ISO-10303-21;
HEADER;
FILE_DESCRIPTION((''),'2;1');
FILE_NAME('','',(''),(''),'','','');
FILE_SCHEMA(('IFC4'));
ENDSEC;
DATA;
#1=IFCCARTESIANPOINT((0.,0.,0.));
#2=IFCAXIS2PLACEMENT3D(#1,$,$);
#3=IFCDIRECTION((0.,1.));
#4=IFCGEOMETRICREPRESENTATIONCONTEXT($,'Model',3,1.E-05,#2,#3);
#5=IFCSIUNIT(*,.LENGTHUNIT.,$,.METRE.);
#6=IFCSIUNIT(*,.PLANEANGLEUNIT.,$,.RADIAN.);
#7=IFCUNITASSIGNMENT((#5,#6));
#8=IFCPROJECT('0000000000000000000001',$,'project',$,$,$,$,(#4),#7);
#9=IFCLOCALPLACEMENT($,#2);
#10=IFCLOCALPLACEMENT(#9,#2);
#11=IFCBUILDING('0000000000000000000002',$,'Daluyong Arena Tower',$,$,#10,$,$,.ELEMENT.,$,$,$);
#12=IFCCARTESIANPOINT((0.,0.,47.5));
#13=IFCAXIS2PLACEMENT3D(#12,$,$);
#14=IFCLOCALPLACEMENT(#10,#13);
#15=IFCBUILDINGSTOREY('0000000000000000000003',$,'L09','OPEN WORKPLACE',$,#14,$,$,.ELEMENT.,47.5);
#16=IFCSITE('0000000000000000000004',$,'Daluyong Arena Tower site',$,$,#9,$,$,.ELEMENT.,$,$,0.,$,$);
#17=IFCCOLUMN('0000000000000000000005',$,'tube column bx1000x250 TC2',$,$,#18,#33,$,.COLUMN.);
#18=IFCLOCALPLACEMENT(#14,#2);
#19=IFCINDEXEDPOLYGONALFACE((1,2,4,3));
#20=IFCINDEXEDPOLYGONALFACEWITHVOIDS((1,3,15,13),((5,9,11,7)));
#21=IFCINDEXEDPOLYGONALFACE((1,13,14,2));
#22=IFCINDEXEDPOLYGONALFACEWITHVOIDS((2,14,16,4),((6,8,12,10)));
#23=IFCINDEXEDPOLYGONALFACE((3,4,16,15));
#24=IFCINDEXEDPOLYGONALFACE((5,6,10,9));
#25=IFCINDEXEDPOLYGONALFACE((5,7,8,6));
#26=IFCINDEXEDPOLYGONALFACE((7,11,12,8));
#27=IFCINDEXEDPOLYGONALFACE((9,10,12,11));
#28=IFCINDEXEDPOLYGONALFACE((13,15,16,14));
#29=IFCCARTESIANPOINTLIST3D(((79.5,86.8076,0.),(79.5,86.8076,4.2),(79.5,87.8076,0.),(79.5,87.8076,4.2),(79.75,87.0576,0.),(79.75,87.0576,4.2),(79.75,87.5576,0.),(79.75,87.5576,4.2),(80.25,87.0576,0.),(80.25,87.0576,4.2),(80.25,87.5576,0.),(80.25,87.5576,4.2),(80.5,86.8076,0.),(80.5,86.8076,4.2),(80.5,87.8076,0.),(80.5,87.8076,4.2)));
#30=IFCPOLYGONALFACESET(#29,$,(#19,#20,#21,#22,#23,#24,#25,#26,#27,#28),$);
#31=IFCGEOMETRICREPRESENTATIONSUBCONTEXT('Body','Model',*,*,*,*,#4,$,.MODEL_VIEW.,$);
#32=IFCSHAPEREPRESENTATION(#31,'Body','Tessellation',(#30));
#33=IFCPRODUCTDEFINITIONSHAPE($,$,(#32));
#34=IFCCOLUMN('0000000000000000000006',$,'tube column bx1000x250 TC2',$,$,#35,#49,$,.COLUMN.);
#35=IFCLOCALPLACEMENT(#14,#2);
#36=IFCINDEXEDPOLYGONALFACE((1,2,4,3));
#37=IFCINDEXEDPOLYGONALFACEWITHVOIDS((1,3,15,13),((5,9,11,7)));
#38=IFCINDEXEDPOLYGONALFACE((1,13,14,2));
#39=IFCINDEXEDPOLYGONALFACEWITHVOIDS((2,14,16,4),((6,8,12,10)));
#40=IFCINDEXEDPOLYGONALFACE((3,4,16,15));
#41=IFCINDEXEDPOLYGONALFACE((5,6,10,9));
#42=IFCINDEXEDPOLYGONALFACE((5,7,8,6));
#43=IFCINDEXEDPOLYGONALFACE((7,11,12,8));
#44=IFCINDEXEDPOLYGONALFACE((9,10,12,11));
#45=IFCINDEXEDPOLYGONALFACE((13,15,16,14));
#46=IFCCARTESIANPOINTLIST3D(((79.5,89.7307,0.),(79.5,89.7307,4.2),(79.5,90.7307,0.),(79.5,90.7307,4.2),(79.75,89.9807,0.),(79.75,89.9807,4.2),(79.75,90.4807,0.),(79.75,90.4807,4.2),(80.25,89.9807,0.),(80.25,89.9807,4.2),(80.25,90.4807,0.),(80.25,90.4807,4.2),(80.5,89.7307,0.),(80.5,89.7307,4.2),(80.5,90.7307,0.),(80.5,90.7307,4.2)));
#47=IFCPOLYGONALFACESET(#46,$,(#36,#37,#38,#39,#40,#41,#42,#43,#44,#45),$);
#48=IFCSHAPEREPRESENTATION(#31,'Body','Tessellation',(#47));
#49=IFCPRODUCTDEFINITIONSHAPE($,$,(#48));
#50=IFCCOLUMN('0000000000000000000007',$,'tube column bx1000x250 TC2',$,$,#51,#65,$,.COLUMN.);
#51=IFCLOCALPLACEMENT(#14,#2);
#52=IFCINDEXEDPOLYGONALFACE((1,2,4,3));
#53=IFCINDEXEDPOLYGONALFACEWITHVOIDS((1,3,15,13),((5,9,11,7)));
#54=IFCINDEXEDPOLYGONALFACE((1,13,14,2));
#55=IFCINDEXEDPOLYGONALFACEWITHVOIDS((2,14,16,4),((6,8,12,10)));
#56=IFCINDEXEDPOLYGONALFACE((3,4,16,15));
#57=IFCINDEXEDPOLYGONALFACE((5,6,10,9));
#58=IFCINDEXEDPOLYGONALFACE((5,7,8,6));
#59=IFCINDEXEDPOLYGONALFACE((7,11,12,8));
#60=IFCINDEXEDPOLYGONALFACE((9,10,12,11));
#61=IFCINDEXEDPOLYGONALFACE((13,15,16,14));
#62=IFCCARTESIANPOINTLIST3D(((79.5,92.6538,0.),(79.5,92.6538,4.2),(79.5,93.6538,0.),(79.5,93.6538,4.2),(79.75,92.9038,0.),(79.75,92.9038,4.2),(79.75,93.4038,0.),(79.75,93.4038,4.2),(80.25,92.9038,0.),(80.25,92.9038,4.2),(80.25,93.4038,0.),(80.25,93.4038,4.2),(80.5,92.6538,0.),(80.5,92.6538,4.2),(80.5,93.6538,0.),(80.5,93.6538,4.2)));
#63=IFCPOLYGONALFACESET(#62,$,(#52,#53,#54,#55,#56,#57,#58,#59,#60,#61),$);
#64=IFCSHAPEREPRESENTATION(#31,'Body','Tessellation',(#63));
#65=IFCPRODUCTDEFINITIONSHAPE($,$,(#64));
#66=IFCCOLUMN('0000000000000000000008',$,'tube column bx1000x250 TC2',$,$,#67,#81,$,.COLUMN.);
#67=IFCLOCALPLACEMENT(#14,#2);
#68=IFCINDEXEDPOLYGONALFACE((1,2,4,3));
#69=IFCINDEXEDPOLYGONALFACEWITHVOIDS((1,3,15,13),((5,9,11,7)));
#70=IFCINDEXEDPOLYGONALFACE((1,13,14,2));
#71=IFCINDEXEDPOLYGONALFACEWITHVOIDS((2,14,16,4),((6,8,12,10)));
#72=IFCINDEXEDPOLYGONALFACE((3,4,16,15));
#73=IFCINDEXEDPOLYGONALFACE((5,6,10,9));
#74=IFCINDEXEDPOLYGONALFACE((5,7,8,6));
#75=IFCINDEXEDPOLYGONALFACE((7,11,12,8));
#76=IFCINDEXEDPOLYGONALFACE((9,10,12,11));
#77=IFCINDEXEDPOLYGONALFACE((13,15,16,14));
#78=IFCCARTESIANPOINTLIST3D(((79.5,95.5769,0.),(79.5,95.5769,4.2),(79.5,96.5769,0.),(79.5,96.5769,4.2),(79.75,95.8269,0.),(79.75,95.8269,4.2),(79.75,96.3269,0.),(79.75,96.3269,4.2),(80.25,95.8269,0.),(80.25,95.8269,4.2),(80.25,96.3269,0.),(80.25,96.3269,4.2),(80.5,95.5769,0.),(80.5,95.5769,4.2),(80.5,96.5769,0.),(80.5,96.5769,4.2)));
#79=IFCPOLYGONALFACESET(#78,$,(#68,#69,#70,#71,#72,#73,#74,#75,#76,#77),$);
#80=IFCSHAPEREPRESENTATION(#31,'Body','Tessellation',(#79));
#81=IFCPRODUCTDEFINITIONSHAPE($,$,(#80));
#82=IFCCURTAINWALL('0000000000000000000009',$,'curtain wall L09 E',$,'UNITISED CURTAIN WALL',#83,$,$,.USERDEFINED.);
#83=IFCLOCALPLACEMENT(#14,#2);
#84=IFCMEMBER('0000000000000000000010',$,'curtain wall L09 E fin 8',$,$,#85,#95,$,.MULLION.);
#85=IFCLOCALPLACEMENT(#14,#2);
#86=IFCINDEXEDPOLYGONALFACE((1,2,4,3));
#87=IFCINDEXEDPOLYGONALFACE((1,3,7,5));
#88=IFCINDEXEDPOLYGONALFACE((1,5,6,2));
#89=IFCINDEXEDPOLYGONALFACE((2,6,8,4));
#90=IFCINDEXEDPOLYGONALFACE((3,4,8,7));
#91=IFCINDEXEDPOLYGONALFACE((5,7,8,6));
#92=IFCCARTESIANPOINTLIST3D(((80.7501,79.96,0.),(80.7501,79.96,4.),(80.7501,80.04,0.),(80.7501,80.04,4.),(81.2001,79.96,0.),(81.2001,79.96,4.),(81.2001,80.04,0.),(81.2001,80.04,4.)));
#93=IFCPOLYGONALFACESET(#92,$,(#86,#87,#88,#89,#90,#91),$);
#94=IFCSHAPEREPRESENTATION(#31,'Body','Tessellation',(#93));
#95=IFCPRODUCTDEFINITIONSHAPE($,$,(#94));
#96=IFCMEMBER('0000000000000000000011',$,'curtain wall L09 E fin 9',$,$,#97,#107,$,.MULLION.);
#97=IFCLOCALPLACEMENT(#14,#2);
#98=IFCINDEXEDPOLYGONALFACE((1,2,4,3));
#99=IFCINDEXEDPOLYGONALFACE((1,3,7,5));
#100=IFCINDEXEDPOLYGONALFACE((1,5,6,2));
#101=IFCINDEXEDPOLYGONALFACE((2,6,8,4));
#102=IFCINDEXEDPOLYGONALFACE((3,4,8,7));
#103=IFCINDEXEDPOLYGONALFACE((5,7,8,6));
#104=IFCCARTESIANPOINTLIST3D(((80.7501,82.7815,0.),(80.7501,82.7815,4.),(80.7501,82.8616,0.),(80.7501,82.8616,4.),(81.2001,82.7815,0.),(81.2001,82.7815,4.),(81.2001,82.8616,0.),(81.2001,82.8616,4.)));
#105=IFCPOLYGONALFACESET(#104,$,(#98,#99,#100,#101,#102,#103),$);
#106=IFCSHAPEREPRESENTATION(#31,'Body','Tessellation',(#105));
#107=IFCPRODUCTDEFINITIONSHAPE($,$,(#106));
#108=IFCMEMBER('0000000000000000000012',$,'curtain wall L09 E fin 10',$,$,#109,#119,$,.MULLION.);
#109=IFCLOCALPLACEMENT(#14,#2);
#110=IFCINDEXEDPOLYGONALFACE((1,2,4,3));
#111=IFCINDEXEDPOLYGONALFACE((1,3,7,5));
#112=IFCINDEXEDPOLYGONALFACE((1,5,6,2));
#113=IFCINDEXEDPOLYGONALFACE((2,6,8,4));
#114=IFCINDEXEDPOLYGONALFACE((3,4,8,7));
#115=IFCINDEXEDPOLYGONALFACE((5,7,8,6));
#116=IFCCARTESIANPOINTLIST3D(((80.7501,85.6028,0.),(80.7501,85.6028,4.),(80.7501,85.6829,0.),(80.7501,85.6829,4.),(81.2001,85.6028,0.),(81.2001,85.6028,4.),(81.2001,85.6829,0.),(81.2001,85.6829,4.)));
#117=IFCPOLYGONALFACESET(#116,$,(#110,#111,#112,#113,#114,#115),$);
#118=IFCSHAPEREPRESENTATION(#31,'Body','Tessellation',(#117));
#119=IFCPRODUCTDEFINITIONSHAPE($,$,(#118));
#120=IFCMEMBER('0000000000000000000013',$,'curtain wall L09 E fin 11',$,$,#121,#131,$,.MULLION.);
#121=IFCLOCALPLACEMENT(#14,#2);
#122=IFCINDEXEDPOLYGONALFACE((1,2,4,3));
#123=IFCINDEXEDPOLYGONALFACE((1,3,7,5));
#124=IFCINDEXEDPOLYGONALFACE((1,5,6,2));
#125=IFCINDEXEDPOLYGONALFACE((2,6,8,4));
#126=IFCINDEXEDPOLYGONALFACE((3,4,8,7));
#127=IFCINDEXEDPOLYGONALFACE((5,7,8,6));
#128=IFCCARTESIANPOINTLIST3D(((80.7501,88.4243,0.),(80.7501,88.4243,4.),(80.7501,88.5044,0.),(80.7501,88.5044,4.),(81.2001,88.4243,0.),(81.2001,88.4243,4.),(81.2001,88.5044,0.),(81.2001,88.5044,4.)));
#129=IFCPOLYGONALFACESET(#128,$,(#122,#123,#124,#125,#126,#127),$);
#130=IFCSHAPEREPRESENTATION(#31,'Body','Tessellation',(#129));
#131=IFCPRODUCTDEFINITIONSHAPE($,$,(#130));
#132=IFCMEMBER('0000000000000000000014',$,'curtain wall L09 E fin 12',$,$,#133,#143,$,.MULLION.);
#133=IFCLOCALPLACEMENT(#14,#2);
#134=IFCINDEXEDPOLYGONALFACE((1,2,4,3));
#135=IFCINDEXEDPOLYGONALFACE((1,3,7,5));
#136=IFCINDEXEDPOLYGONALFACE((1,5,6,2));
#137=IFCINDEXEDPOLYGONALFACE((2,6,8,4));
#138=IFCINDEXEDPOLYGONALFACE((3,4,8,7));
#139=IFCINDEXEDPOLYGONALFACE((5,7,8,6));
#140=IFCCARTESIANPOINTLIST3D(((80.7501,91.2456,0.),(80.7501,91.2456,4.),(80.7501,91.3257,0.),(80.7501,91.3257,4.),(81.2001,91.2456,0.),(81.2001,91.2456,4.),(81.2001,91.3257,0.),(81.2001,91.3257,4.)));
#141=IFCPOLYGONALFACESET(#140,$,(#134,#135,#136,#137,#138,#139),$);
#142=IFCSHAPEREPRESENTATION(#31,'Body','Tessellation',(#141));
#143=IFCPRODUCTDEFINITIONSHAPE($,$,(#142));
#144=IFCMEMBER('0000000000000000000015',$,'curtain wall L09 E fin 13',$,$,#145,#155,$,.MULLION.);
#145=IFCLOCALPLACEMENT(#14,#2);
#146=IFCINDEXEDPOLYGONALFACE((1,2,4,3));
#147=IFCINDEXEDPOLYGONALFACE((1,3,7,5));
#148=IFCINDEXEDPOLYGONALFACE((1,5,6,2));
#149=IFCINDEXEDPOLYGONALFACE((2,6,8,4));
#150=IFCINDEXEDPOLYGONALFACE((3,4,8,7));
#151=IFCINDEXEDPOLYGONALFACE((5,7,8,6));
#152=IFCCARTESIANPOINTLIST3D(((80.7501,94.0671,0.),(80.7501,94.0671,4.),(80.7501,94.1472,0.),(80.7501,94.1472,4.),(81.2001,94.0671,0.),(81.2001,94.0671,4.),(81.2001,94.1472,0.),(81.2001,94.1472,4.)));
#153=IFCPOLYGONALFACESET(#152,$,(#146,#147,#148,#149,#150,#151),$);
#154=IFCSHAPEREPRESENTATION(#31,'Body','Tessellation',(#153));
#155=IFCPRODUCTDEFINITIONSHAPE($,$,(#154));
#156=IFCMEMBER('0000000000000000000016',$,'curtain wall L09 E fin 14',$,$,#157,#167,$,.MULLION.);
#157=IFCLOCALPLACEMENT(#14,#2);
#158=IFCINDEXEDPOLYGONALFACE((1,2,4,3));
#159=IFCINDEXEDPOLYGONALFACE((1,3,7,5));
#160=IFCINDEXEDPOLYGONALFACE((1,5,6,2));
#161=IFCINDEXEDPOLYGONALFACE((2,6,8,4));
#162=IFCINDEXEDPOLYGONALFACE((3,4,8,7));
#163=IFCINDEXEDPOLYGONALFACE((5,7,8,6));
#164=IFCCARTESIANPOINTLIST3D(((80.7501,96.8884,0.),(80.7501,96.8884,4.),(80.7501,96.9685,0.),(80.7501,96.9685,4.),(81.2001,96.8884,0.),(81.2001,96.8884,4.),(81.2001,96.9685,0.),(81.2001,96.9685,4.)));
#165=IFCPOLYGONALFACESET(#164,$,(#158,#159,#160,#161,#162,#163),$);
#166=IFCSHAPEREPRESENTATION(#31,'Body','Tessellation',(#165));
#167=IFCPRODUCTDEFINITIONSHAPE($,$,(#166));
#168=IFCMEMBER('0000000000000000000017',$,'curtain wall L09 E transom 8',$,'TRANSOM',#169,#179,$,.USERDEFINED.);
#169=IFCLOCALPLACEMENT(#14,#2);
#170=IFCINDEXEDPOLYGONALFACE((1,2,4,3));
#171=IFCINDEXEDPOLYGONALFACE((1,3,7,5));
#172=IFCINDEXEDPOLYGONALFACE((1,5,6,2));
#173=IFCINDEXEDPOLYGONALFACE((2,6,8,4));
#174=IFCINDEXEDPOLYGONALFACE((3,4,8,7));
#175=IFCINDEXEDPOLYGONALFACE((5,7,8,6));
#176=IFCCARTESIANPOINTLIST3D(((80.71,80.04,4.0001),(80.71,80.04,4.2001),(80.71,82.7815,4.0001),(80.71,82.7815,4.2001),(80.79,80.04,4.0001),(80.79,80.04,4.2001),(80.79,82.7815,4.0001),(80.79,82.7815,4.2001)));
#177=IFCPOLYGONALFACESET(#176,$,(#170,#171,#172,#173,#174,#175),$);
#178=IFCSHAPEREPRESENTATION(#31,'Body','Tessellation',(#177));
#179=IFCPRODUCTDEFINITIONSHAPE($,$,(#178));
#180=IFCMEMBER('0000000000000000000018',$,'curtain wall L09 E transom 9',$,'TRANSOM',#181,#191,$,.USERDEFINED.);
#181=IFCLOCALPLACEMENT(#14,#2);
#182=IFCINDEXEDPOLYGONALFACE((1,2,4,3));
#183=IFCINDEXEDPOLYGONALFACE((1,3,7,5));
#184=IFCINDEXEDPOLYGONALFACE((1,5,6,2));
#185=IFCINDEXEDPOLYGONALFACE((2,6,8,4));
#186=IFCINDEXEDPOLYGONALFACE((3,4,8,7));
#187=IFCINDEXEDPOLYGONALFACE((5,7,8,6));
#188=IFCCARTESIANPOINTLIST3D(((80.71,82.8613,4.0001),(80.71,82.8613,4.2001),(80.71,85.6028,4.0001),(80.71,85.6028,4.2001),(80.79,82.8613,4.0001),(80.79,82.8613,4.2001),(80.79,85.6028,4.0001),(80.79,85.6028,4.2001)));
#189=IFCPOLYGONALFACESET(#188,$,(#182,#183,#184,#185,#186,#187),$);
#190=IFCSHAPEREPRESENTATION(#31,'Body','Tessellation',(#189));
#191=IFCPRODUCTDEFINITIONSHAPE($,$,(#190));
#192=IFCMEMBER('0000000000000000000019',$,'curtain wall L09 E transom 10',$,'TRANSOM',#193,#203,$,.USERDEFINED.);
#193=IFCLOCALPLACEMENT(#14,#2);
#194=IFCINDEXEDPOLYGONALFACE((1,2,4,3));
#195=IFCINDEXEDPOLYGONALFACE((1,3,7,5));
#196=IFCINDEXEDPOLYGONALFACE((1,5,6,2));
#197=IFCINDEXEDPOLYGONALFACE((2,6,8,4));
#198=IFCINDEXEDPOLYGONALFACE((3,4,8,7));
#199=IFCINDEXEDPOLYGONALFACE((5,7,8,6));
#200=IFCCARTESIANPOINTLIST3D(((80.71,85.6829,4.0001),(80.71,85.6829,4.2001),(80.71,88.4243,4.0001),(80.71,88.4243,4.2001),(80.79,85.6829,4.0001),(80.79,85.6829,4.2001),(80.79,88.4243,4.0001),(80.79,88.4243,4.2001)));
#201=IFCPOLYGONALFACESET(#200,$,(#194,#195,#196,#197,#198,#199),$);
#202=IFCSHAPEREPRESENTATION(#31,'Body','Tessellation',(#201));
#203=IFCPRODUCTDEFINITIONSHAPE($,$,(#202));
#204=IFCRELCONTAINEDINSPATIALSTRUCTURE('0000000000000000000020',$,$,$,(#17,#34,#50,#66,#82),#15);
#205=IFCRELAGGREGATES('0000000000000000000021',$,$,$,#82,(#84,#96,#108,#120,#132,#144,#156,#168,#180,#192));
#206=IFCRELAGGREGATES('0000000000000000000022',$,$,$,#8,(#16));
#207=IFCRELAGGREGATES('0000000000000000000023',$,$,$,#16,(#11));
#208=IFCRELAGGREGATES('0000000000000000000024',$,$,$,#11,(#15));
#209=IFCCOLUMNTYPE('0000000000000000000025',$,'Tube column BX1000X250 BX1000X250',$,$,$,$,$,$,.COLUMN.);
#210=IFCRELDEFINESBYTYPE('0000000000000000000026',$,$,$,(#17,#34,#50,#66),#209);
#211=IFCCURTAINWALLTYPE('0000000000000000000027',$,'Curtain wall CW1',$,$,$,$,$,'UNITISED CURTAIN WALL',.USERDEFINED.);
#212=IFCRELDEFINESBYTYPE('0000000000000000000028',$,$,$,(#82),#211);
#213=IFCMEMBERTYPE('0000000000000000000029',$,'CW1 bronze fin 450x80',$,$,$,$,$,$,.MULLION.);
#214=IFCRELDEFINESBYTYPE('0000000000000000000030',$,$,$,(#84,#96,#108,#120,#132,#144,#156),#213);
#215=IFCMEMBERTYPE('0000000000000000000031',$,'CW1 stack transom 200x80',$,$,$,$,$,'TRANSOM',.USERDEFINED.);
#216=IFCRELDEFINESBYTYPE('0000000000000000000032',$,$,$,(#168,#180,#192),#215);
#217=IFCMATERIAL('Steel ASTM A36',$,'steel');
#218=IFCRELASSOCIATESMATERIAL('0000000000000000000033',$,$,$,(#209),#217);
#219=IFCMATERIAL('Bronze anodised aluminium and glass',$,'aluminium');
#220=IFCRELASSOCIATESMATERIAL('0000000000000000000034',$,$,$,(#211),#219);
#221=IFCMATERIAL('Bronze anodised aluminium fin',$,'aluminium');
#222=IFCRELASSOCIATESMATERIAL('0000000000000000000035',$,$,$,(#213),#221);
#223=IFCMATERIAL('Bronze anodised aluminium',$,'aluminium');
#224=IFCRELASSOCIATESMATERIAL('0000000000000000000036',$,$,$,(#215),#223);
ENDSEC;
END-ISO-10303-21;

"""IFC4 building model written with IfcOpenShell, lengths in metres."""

from ifc_helpers import new_model, si_unit, direction, frame, origin, origin_2d, place, context, subcontext, project, spatial, rectangle, hollow_rectangle, extrude, material, material_profile, profile_set, type_object, element, aggregate, save


model = new_model("IFC4")

# Units and contexts
model_context = context("Model", 3, precision=1e-05, world=origin(), true_north=direction((0.0, 1.0)))
body_context = subcontext(model_context, "Body", "Model", "MODEL_VIEW")
ifc_project = project(units=[si_unit("LENGTHUNIT", "METRE"), si_unit("PLANEANGLEUNIT", "RADIAN")], contexts=[model_context])

# Site, building, storey
site_placement = place(None, origin())
site = spatial("IfcSite", under=ifc_project, at=site_placement, Name="Daluyong Arena Tower site", CompositionType="ELEMENT", RefElevation=0.0)
building_placement = place(site_placement, origin())
building = spatial("IfcBuilding", under=site, at=building_placement, Name="Daluyong Arena Tower", CompositionType="ELEMENT")
storey_placement = place(building_placement, frame((0.0, 0.0, 47.5)))
storey = spatial("IfcBuildingStorey", under=building, at=storey_placement, Name="L09", Description="OPEN WORKPLACE", CompositionType="ELEMENT", Elevation=47.5)

# Columns
ifc_material_1 = material(Name="Steel ASTM A36", Category="steel")
ifc_material_profile_1 = material_profile(ifc_material_1, hollow_rectangle(XDim=1.0, YDim=1.0, WallThickness=0.25, at=origin_2d()))
ifc_profile_set_1 = profile_set([ifc_material_profile_1], Name="Steel ASTM A36")
column_type = type_object("IfcColumnType", Name="Tube column BX1000X250 BX1000X250", PredefinedType="COLUMN", material=ifc_profile_set_1)
for number, where, z_axis, x_axis, name in (
    (1, (80.0, 87.3076, 0.0), (0.0, 0.0, 1.0), (0.0, 1.0, 0.0), "tube column bx1000x250 TC2"),
    (2, (80.0, 90.2307, 0.0), (0.0, 0.0, 1.0), (0.0, 1.0, 0.0), "tube column bx1000x250 TC2"),
    (3, (80.0, 93.1538, 0.0), (0.0, 0.0, 1.0), (0.0, 1.0, 0.0), "tube column bx1000x250 TC2"),
    (4, (80.0, 96.0769, 0.0), (0.0, 0.0, 1.0), (0.0, 1.0, 0.0), "tube column bx1000x250 TC2"),
):
    element("IfcColumn", number, at=place(storey_placement, frame(where, z_axis=z_axis, x_axis=x_axis)), inside=storey, type_object=column_type, Name=name, PredefinedType="COLUMN", context=body_context, shape_type="SweptSolid", body=[
        extrude(hollow_rectangle(XDim=1.0, YDim=1.0, WallThickness=0.25, at=origin_2d()), origin(), (0.0, 0.0, 1.0), 4.2),
    ])

# Curtain wall, members
ifc_material_2 = material(Name="Bronze anodised aluminium and glass", Category="aluminium")
curtain_wall_type = type_object("IfcCurtainWallType", Name="Curtain wall CW1", ElementType="UNITISED CURTAIN WALL", PredefinedType="USERDEFINED", material=ifc_material_2)
curtain_wall_placement = place(storey_placement, origin())
curtain_wall = element("IfcCurtainWall", 5, at=curtain_wall_placement, inside=storey, type_object=curtain_wall_type, Name="curtain wall L09 E", ObjectType="UNITISED CURTAIN WALL", PredefinedType="USERDEFINED")
ifc_material_3 = material(Name="Bronze anodised aluminium fin", Category="aluminium")
ifc_material_profile_2 = material_profile(ifc_material_3, rectangle(XDim=0.45, YDim=0.0801, at=origin_2d()))
ifc_profile_set_2 = profile_set([ifc_material_profile_2], Name="Bronze anodised aluminium fin")
member_type_1 = type_object("IfcMemberType", Name="CW1 bronze fin 450x80", PredefinedType="MULLION", material=ifc_profile_set_2)
member_1_placement = place(storey_placement, frame((80.9751, 80.0, 0.0), z_axis=(0.0, 0.0, 1.0), x_axis=(-1.0, 0.0, 0.0)))
member_1 = element("IfcMember", 6, at=member_1_placement, type_object=member_type_1, Name="curtain wall L09 E fin 8", PredefinedType="MULLION", context=body_context, shape_type="SweptSolid", body=[
    extrude(rectangle(XDim=0.45, YDim=0.0801, at=origin_2d()), origin(), (0.0, 0.0, 1.0), 4.0),
])
member_2_placement = place(storey_placement, frame((80.9751, 82.8215, 0.0), z_axis=(0.0, 0.0, 1.0), x_axis=(-1.0, 0.0, 0.0)))
member_2 = element("IfcMember", 7, at=member_2_placement, type_object=member_type_1, Name="curtain wall L09 E fin 9", PredefinedType="MULLION", context=body_context, shape_type="SweptSolid", body=[
    extrude(rectangle(XDim=0.45, YDim=0.0801, at=origin_2d()), origin(), (0.0, 0.0, 1.0), 4.0),
])
member_3_placement = place(storey_placement, frame((80.9751, 85.6428, 0.0), z_axis=(0.0, 0.0, 1.0), x_axis=(-1.0, 0.0, 0.0)))
member_3 = element("IfcMember", 8, at=member_3_placement, type_object=member_type_1, Name="curtain wall L09 E fin 10", PredefinedType="MULLION", context=body_context, shape_type="SweptSolid", body=[
    extrude(rectangle(XDim=0.45, YDim=0.0801, at=origin_2d()), origin(), (0.0, 0.0, 1.0), 4.0),
])
member_4_placement = place(storey_placement, frame((80.9751, 88.4644, 0.0), z_axis=(0.0, 0.0, 1.0), x_axis=(-1.0, 0.0, 0.0)))
member_4 = element("IfcMember", 9, at=member_4_placement, type_object=member_type_1, Name="curtain wall L09 E fin 11", PredefinedType="MULLION", context=body_context, shape_type="SweptSolid", body=[
    extrude(rectangle(XDim=0.45, YDim=0.0801, at=origin_2d()), origin(), (0.0, 0.0, 1.0), 4.0),
])
member_5_placement = place(storey_placement, frame((80.9751, 91.2856, 0.0), z_axis=(0.0, 0.0, 1.0), x_axis=(-1.0, 0.0, 0.0)))
member_5 = element("IfcMember", 10, at=member_5_placement, type_object=member_type_1, Name="curtain wall L09 E fin 12", PredefinedType="MULLION", context=body_context, shape_type="SweptSolid", body=[
    extrude(rectangle(XDim=0.45, YDim=0.0801, at=origin_2d()), origin(), (0.0, 0.0, 1.0), 4.0),
])
member_6_placement = place(storey_placement, frame((80.9751, 94.1072, 0.0), z_axis=(0.0, 0.0, 1.0), x_axis=(-1.0, 0.0, 0.0)))
member_6 = element("IfcMember", 11, at=member_6_placement, type_object=member_type_1, Name="curtain wall L09 E fin 13", PredefinedType="MULLION", context=body_context, shape_type="SweptSolid", body=[
    extrude(rectangle(XDim=0.45, YDim=0.0801, at=origin_2d()), origin(), (0.0, 0.0, 1.0), 4.0),
])
member_7_placement = place(storey_placement, frame((80.9751, 96.9285, 0.0), z_axis=(0.0, 0.0, 1.0), x_axis=(-1.0, 0.0, 0.0)))
member_7 = element("IfcMember", 12, at=member_7_placement, type_object=member_type_1, Name="curtain wall L09 E fin 14", PredefinedType="MULLION", context=body_context, shape_type="SweptSolid", body=[
    extrude(rectangle(XDim=0.45, YDim=0.0801, at=origin_2d()), origin(), (0.0, 0.0, 1.0), 4.0),
])
ifc_material_4 = material(Name="Bronze anodised aluminium", Category="aluminium")
ifc_material_profile_3 = material_profile(ifc_material_4, rectangle(XDim=0.0801, YDim=0.2, at=origin_2d()))
ifc_profile_set_3 = profile_set([ifc_material_profile_3], Name="Bronze anodised aluminium")
member_type_2 = type_object("IfcMemberType", Name="CW1 stack transom 200x80", ElementType="TRANSOM", PredefinedType="USERDEFINED", material=ifc_profile_set_3)
member_8_placement = place(storey_placement, frame((80.75, 80.04, 4.1001), z_axis=(0.0, 1.0, 0.0), x_axis=(-1.0, 0.0, 0.0)))
member_8 = element("IfcMember", 13, at=member_8_placement, type_object=member_type_2, Name="curtain wall L09 E transom 8", ObjectType="TRANSOM", PredefinedType="USERDEFINED", context=body_context, shape_type="SweptSolid", body=[
    extrude(rectangle(XDim=0.0801, YDim=0.2, at=origin_2d()), origin(), (0.0, 0.0, 1.0), 2.7415),
])
member_9_placement = place(storey_placement, frame((80.75, 82.8613, 4.1001), z_axis=(0.0, 1.0, 0.0), x_axis=(-1.0, 0.0, 0.0)))
member_9 = element("IfcMember", 14, at=member_9_placement, type_object=member_type_2, Name="curtain wall L09 E transom 9", ObjectType="TRANSOM", PredefinedType="USERDEFINED", context=body_context, shape_type="SweptSolid", body=[
    extrude(rectangle(XDim=0.0801, YDim=0.2, at=origin_2d()), origin(), (0.0, 0.0, 1.0), 2.7415),
])
member_10_placement = place(storey_placement, frame((80.75, 85.6829, 4.1001), z_axis=(0.0, 1.0, 0.0), x_axis=(-1.0, 0.0, 0.0)))
member_10 = element("IfcMember", 15, at=member_10_placement, type_object=member_type_2, Name="curtain wall L09 E transom 10", ObjectType="TRANSOM", PredefinedType="USERDEFINED", context=body_context, shape_type="SweptSolid", body=[
    extrude(rectangle(XDim=0.0801, YDim=0.2, at=origin_2d()), origin(), (0.0, 0.0, 1.0), 2.7415),
])

aggregate(curtain_wall, [member_1, member_2, member_3, member_4, member_5, member_6, member_7, member_8, member_9, member_10])

save(model, "model.ifc")
